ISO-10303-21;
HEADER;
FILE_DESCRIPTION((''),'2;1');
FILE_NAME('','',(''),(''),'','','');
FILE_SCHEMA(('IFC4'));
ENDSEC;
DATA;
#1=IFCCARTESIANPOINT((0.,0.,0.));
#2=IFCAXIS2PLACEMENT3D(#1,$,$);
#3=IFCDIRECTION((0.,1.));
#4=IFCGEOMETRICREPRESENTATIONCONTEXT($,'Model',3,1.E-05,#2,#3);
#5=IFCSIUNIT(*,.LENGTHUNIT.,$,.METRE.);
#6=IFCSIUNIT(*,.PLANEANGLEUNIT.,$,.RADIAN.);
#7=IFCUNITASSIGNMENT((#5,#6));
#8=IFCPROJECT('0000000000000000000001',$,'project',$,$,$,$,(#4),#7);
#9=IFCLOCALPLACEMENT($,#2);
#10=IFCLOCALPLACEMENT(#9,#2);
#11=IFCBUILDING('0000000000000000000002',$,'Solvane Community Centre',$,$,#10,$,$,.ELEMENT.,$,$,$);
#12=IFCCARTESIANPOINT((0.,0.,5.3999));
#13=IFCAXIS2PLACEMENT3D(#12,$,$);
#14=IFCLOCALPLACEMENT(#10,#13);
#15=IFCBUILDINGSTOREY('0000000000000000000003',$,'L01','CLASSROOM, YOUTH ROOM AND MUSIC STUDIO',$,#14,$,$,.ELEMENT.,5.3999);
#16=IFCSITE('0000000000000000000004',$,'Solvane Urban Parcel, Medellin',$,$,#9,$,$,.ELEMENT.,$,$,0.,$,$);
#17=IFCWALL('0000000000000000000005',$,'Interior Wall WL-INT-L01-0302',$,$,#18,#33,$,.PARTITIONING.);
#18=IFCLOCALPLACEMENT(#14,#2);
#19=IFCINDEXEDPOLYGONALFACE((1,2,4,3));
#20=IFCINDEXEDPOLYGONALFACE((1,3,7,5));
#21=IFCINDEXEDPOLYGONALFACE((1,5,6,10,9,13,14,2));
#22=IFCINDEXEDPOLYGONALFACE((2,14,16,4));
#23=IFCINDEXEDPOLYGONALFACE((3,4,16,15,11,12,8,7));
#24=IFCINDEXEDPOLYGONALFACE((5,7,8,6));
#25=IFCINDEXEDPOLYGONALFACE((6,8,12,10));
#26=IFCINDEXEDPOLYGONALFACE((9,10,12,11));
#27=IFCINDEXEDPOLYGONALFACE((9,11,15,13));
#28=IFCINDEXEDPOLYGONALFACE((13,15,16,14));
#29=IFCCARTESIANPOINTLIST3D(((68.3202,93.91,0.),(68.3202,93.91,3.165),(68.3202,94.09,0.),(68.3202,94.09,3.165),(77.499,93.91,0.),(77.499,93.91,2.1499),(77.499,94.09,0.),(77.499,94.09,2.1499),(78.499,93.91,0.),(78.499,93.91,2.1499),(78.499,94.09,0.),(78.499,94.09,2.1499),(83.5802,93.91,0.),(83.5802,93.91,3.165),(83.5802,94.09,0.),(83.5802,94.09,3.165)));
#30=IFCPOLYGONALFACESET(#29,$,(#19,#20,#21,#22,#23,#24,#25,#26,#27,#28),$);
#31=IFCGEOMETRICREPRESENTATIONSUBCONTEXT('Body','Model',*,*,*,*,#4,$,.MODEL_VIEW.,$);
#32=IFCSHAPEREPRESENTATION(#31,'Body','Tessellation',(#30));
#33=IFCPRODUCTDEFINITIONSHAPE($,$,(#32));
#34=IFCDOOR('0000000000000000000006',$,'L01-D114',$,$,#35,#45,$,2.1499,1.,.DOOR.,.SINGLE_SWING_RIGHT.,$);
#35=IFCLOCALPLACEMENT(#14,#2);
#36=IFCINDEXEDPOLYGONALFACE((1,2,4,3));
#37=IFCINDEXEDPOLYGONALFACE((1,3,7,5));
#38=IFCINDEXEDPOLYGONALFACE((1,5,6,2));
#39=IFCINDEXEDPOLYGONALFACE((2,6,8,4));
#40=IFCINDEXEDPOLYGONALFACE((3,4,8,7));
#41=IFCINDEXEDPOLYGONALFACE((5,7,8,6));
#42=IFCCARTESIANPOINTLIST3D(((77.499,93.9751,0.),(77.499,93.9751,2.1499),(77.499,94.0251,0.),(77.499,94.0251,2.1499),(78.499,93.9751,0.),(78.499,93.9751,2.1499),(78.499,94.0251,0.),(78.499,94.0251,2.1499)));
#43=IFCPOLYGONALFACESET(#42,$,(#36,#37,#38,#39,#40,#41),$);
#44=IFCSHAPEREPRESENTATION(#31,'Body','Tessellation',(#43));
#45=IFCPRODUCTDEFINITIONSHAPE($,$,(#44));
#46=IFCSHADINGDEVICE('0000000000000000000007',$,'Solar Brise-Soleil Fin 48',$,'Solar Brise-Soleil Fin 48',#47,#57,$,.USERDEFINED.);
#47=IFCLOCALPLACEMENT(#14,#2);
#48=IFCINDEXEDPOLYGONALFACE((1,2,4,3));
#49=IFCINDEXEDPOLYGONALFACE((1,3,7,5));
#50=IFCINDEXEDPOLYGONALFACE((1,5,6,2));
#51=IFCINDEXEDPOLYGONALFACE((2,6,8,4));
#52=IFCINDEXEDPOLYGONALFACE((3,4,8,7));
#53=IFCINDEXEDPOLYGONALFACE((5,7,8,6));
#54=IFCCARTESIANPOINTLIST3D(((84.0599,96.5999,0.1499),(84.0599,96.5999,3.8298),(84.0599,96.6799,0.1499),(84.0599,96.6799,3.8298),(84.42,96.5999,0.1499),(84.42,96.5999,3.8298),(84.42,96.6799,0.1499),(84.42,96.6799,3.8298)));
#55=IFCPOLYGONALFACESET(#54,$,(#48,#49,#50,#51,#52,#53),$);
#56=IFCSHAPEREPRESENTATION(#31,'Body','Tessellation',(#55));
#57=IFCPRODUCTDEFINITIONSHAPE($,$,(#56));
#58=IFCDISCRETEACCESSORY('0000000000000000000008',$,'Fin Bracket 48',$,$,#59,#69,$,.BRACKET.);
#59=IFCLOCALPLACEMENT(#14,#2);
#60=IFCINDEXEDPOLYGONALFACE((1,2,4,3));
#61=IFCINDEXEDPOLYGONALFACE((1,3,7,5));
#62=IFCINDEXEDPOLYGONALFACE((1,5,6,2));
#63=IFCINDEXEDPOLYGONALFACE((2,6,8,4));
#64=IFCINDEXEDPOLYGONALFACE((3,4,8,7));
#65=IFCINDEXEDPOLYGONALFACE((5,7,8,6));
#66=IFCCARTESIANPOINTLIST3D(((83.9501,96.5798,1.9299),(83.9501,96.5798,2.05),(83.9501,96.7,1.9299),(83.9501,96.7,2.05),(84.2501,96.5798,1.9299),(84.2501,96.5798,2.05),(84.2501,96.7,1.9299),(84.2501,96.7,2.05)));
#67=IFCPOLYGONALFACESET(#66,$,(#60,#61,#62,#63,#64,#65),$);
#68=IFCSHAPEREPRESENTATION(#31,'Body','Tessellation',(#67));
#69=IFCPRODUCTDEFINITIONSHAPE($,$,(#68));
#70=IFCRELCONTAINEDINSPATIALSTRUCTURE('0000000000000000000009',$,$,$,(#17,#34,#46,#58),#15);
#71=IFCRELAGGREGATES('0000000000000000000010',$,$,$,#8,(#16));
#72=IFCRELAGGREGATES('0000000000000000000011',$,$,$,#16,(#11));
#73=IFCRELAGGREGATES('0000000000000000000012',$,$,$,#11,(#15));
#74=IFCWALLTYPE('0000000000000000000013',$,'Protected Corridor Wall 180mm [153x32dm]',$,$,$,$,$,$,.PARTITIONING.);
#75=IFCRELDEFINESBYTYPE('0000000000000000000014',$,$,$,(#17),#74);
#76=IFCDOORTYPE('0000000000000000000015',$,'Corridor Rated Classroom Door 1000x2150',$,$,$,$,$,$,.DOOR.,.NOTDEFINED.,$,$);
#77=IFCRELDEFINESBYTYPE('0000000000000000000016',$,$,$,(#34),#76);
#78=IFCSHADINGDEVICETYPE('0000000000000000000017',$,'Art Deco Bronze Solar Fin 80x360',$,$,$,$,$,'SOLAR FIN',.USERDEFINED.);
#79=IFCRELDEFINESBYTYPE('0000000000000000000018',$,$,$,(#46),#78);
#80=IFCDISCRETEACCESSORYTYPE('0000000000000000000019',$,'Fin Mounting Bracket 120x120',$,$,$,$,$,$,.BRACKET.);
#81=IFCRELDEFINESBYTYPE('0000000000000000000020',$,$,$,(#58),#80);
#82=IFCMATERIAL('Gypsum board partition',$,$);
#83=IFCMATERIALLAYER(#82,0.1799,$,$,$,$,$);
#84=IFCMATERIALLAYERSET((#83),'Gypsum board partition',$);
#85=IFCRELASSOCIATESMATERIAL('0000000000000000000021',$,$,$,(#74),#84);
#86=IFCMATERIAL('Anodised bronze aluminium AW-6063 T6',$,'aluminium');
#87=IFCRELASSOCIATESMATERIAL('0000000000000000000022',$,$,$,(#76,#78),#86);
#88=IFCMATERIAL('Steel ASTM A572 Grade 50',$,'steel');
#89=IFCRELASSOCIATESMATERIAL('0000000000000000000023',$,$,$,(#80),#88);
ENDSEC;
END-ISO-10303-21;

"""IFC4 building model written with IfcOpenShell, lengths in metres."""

from ifc_helpers import new_model, si_unit, direction, frame, frame_2d, origin, origin_2d, place, context, subcontext, project, spatial, rectangle, extrude, material, layer, layer_set, type_object, element, fill, save


model = new_model("IFC4")

# Units and contexts
model_context = context("Model", 3, precision=1e-05, world=origin(), true_north=direction((0.0, 1.0)))
body_context = subcontext(model_context, "Body", "Model", "MODEL_VIEW")
ifc_project = project(units=[si_unit("LENGTHUNIT", "METRE"), si_unit("PLANEANGLEUNIT", "RADIAN")], contexts=[model_context])

# Site, building, storey
site_placement = place(None, origin())
site = spatial("IfcSite", under=ifc_project, at=site_placement, Name="Solvane Urban Parcel, Medellin", CompositionType="ELEMENT", RefElevation=0.0)
building_placement = place(site_placement, origin())
building = spatial("IfcBuilding", under=site, at=building_placement, Name="Solvane Community Centre", CompositionType="ELEMENT")
storey_placement = place(building_placement, frame((0.0, 0.0, 5.3999)))
storey = spatial("IfcBuildingStorey", under=building, at=storey_placement, Name="L01", Description="CLASSROOM, YOUTH ROOM AND MUSIC STUDIO", CompositionType="ELEMENT", Elevation=5.3999)

# Shared definitions
ifc_material_1 = material(Name="Anodised bronze aluminium AW-6063 T6", Category="aluminium")

# Wall, opening, door
ifc_material_2 = material(Name="Gypsum board partition")
ifc_layer_1 = layer(ifc_material_2, 0.1799)
ifc_layer_set_1 = layer_set([ifc_layer_1], Name="Gypsum board partition")
wall_type_1 = type_object("IfcWallType", Name="Protected Corridor Wall 180mm [153x32dm]", PredefinedType="PARTITIONING", material=ifc_layer_set_1)
wall_1_placement = place(storey_placement, frame((83.5801, 94.0, 0.0), z_axis=(0.0, 0.0, 1.0), x_axis=(-1.0, 0.0, 0.0)))
wall_1 = element("IfcWall", 1, at=wall_1_placement, inside=storey, type_object=wall_type_1, Name="Interior Wall WL-INT-L01-0302", PredefinedType="PARTITIONING", context=body_context, shape_type="SweptSolid", body=[
    extrude(rectangle(XDim=15.26, YDim=0.1799, at=frame_2d((7.6299, 0.0))), origin(), (0.0, 0.0, 1.0), 3.165),
])
opening_placement = place(wall_1_placement, frame((5.0811, 0.0, 0.0)))
opening = element("IfcOpeningElement", 2, at=opening_placement, cuts=wall_1, PredefinedType="OPENING", context=body_context, shape_type="SweptSolid", body=[
    extrude(rectangle(XDim=1.0, YDim=2.1499, at=frame_2d((0.5, 1.075))), frame((0.0, 0.0999, 0.0), z_axis=(0.0, -1.0, 0.0), x_axis=(1.0, 0.0, 0.0)), (0.0, 0.0, 1.0), 0.2),
])
door_type = type_object("IfcDoorType", Name="Corridor Rated Classroom Door 1000x2150", OperationType="NOTDEFINED", PredefinedType="DOOR", material=ifc_material_1)
door_placement = place(opening_placement, origin())
door = element("IfcDoor", 3, at=door_placement, inside=storey, type_object=door_type, Name="L01-D114", OperationType="SINGLE_SWING_RIGHT", OverallHeight=2.1499, OverallWidth=1.0, PredefinedType="DOOR", context=body_context, shape_type="SweptSolid", body=[
    extrude(rectangle(XDim=1.0, YDim=2.1499, at=frame_2d((0.5, 1.075))), frame((0.0, 0.0249, 0.0), z_axis=(0.0, -1.0, 0.0), x_axis=(1.0, 0.0, 0.0)), (0.0, 0.0, 1.0), 0.05),
])
fill(opening, door)

# Shading device
shading_device_type = type_object("IfcShadingDeviceType", Name="Art Deco Bronze Solar Fin 80x360", ElementType="SOLAR FIN", PredefinedType="USERDEFINED", material=ifc_material_1)
shading_device_placement = place(storey_placement, frame((84.24, 96.6399, 0.1499), z_axis=(0.0, 0.0, 1.0), x_axis=(0.0, -1.0, 0.0)))
element("IfcShadingDevice", 4, at=shading_device_placement, inside=storey, type_object=shading_device_type, Name="Solar Brise-Soleil Fin 48", ObjectType="Solar Brise-Soleil Fin 48", PredefinedType="USERDEFINED", context=body_context, shape_type="SweptSolid", body=[
    extrude(rectangle(XDim=0.0801, YDim=0.3601, at=origin_2d()), origin(), (0.0, 0.0, 1.0), 3.6799),
])

# Discrete accessory
ifc_material_3 = material(Name="Steel ASTM A572 Grade 50", Category="steel")
discrete_accessory_type = type_object("IfcDiscreteAccessoryType", Name="Fin Mounting Bracket 120x120", PredefinedType="BRACKET", material=ifc_material_3)
discrete_accessory_placement = place(storey_placement, frame((84.1001, 96.6399, 1.9299), z_axis=(0.0, 0.0, 1.0), x_axis=(0.0, -1.0, 0.0)))
element("IfcDiscreteAccessory", 5, at=discrete_accessory_placement, inside=storey, type_object=discrete_accessory_type, Name="Fin Bracket 48", PredefinedType="BRACKET", context=body_context, shape_type="SweptSolid", body=[
    extrude(rectangle(XDim=0.1201, YDim=0.3, at=origin_2d()), origin(), (0.0, 0.0, 1.0), 0.1201),
])

save(model, "model.ifc")
